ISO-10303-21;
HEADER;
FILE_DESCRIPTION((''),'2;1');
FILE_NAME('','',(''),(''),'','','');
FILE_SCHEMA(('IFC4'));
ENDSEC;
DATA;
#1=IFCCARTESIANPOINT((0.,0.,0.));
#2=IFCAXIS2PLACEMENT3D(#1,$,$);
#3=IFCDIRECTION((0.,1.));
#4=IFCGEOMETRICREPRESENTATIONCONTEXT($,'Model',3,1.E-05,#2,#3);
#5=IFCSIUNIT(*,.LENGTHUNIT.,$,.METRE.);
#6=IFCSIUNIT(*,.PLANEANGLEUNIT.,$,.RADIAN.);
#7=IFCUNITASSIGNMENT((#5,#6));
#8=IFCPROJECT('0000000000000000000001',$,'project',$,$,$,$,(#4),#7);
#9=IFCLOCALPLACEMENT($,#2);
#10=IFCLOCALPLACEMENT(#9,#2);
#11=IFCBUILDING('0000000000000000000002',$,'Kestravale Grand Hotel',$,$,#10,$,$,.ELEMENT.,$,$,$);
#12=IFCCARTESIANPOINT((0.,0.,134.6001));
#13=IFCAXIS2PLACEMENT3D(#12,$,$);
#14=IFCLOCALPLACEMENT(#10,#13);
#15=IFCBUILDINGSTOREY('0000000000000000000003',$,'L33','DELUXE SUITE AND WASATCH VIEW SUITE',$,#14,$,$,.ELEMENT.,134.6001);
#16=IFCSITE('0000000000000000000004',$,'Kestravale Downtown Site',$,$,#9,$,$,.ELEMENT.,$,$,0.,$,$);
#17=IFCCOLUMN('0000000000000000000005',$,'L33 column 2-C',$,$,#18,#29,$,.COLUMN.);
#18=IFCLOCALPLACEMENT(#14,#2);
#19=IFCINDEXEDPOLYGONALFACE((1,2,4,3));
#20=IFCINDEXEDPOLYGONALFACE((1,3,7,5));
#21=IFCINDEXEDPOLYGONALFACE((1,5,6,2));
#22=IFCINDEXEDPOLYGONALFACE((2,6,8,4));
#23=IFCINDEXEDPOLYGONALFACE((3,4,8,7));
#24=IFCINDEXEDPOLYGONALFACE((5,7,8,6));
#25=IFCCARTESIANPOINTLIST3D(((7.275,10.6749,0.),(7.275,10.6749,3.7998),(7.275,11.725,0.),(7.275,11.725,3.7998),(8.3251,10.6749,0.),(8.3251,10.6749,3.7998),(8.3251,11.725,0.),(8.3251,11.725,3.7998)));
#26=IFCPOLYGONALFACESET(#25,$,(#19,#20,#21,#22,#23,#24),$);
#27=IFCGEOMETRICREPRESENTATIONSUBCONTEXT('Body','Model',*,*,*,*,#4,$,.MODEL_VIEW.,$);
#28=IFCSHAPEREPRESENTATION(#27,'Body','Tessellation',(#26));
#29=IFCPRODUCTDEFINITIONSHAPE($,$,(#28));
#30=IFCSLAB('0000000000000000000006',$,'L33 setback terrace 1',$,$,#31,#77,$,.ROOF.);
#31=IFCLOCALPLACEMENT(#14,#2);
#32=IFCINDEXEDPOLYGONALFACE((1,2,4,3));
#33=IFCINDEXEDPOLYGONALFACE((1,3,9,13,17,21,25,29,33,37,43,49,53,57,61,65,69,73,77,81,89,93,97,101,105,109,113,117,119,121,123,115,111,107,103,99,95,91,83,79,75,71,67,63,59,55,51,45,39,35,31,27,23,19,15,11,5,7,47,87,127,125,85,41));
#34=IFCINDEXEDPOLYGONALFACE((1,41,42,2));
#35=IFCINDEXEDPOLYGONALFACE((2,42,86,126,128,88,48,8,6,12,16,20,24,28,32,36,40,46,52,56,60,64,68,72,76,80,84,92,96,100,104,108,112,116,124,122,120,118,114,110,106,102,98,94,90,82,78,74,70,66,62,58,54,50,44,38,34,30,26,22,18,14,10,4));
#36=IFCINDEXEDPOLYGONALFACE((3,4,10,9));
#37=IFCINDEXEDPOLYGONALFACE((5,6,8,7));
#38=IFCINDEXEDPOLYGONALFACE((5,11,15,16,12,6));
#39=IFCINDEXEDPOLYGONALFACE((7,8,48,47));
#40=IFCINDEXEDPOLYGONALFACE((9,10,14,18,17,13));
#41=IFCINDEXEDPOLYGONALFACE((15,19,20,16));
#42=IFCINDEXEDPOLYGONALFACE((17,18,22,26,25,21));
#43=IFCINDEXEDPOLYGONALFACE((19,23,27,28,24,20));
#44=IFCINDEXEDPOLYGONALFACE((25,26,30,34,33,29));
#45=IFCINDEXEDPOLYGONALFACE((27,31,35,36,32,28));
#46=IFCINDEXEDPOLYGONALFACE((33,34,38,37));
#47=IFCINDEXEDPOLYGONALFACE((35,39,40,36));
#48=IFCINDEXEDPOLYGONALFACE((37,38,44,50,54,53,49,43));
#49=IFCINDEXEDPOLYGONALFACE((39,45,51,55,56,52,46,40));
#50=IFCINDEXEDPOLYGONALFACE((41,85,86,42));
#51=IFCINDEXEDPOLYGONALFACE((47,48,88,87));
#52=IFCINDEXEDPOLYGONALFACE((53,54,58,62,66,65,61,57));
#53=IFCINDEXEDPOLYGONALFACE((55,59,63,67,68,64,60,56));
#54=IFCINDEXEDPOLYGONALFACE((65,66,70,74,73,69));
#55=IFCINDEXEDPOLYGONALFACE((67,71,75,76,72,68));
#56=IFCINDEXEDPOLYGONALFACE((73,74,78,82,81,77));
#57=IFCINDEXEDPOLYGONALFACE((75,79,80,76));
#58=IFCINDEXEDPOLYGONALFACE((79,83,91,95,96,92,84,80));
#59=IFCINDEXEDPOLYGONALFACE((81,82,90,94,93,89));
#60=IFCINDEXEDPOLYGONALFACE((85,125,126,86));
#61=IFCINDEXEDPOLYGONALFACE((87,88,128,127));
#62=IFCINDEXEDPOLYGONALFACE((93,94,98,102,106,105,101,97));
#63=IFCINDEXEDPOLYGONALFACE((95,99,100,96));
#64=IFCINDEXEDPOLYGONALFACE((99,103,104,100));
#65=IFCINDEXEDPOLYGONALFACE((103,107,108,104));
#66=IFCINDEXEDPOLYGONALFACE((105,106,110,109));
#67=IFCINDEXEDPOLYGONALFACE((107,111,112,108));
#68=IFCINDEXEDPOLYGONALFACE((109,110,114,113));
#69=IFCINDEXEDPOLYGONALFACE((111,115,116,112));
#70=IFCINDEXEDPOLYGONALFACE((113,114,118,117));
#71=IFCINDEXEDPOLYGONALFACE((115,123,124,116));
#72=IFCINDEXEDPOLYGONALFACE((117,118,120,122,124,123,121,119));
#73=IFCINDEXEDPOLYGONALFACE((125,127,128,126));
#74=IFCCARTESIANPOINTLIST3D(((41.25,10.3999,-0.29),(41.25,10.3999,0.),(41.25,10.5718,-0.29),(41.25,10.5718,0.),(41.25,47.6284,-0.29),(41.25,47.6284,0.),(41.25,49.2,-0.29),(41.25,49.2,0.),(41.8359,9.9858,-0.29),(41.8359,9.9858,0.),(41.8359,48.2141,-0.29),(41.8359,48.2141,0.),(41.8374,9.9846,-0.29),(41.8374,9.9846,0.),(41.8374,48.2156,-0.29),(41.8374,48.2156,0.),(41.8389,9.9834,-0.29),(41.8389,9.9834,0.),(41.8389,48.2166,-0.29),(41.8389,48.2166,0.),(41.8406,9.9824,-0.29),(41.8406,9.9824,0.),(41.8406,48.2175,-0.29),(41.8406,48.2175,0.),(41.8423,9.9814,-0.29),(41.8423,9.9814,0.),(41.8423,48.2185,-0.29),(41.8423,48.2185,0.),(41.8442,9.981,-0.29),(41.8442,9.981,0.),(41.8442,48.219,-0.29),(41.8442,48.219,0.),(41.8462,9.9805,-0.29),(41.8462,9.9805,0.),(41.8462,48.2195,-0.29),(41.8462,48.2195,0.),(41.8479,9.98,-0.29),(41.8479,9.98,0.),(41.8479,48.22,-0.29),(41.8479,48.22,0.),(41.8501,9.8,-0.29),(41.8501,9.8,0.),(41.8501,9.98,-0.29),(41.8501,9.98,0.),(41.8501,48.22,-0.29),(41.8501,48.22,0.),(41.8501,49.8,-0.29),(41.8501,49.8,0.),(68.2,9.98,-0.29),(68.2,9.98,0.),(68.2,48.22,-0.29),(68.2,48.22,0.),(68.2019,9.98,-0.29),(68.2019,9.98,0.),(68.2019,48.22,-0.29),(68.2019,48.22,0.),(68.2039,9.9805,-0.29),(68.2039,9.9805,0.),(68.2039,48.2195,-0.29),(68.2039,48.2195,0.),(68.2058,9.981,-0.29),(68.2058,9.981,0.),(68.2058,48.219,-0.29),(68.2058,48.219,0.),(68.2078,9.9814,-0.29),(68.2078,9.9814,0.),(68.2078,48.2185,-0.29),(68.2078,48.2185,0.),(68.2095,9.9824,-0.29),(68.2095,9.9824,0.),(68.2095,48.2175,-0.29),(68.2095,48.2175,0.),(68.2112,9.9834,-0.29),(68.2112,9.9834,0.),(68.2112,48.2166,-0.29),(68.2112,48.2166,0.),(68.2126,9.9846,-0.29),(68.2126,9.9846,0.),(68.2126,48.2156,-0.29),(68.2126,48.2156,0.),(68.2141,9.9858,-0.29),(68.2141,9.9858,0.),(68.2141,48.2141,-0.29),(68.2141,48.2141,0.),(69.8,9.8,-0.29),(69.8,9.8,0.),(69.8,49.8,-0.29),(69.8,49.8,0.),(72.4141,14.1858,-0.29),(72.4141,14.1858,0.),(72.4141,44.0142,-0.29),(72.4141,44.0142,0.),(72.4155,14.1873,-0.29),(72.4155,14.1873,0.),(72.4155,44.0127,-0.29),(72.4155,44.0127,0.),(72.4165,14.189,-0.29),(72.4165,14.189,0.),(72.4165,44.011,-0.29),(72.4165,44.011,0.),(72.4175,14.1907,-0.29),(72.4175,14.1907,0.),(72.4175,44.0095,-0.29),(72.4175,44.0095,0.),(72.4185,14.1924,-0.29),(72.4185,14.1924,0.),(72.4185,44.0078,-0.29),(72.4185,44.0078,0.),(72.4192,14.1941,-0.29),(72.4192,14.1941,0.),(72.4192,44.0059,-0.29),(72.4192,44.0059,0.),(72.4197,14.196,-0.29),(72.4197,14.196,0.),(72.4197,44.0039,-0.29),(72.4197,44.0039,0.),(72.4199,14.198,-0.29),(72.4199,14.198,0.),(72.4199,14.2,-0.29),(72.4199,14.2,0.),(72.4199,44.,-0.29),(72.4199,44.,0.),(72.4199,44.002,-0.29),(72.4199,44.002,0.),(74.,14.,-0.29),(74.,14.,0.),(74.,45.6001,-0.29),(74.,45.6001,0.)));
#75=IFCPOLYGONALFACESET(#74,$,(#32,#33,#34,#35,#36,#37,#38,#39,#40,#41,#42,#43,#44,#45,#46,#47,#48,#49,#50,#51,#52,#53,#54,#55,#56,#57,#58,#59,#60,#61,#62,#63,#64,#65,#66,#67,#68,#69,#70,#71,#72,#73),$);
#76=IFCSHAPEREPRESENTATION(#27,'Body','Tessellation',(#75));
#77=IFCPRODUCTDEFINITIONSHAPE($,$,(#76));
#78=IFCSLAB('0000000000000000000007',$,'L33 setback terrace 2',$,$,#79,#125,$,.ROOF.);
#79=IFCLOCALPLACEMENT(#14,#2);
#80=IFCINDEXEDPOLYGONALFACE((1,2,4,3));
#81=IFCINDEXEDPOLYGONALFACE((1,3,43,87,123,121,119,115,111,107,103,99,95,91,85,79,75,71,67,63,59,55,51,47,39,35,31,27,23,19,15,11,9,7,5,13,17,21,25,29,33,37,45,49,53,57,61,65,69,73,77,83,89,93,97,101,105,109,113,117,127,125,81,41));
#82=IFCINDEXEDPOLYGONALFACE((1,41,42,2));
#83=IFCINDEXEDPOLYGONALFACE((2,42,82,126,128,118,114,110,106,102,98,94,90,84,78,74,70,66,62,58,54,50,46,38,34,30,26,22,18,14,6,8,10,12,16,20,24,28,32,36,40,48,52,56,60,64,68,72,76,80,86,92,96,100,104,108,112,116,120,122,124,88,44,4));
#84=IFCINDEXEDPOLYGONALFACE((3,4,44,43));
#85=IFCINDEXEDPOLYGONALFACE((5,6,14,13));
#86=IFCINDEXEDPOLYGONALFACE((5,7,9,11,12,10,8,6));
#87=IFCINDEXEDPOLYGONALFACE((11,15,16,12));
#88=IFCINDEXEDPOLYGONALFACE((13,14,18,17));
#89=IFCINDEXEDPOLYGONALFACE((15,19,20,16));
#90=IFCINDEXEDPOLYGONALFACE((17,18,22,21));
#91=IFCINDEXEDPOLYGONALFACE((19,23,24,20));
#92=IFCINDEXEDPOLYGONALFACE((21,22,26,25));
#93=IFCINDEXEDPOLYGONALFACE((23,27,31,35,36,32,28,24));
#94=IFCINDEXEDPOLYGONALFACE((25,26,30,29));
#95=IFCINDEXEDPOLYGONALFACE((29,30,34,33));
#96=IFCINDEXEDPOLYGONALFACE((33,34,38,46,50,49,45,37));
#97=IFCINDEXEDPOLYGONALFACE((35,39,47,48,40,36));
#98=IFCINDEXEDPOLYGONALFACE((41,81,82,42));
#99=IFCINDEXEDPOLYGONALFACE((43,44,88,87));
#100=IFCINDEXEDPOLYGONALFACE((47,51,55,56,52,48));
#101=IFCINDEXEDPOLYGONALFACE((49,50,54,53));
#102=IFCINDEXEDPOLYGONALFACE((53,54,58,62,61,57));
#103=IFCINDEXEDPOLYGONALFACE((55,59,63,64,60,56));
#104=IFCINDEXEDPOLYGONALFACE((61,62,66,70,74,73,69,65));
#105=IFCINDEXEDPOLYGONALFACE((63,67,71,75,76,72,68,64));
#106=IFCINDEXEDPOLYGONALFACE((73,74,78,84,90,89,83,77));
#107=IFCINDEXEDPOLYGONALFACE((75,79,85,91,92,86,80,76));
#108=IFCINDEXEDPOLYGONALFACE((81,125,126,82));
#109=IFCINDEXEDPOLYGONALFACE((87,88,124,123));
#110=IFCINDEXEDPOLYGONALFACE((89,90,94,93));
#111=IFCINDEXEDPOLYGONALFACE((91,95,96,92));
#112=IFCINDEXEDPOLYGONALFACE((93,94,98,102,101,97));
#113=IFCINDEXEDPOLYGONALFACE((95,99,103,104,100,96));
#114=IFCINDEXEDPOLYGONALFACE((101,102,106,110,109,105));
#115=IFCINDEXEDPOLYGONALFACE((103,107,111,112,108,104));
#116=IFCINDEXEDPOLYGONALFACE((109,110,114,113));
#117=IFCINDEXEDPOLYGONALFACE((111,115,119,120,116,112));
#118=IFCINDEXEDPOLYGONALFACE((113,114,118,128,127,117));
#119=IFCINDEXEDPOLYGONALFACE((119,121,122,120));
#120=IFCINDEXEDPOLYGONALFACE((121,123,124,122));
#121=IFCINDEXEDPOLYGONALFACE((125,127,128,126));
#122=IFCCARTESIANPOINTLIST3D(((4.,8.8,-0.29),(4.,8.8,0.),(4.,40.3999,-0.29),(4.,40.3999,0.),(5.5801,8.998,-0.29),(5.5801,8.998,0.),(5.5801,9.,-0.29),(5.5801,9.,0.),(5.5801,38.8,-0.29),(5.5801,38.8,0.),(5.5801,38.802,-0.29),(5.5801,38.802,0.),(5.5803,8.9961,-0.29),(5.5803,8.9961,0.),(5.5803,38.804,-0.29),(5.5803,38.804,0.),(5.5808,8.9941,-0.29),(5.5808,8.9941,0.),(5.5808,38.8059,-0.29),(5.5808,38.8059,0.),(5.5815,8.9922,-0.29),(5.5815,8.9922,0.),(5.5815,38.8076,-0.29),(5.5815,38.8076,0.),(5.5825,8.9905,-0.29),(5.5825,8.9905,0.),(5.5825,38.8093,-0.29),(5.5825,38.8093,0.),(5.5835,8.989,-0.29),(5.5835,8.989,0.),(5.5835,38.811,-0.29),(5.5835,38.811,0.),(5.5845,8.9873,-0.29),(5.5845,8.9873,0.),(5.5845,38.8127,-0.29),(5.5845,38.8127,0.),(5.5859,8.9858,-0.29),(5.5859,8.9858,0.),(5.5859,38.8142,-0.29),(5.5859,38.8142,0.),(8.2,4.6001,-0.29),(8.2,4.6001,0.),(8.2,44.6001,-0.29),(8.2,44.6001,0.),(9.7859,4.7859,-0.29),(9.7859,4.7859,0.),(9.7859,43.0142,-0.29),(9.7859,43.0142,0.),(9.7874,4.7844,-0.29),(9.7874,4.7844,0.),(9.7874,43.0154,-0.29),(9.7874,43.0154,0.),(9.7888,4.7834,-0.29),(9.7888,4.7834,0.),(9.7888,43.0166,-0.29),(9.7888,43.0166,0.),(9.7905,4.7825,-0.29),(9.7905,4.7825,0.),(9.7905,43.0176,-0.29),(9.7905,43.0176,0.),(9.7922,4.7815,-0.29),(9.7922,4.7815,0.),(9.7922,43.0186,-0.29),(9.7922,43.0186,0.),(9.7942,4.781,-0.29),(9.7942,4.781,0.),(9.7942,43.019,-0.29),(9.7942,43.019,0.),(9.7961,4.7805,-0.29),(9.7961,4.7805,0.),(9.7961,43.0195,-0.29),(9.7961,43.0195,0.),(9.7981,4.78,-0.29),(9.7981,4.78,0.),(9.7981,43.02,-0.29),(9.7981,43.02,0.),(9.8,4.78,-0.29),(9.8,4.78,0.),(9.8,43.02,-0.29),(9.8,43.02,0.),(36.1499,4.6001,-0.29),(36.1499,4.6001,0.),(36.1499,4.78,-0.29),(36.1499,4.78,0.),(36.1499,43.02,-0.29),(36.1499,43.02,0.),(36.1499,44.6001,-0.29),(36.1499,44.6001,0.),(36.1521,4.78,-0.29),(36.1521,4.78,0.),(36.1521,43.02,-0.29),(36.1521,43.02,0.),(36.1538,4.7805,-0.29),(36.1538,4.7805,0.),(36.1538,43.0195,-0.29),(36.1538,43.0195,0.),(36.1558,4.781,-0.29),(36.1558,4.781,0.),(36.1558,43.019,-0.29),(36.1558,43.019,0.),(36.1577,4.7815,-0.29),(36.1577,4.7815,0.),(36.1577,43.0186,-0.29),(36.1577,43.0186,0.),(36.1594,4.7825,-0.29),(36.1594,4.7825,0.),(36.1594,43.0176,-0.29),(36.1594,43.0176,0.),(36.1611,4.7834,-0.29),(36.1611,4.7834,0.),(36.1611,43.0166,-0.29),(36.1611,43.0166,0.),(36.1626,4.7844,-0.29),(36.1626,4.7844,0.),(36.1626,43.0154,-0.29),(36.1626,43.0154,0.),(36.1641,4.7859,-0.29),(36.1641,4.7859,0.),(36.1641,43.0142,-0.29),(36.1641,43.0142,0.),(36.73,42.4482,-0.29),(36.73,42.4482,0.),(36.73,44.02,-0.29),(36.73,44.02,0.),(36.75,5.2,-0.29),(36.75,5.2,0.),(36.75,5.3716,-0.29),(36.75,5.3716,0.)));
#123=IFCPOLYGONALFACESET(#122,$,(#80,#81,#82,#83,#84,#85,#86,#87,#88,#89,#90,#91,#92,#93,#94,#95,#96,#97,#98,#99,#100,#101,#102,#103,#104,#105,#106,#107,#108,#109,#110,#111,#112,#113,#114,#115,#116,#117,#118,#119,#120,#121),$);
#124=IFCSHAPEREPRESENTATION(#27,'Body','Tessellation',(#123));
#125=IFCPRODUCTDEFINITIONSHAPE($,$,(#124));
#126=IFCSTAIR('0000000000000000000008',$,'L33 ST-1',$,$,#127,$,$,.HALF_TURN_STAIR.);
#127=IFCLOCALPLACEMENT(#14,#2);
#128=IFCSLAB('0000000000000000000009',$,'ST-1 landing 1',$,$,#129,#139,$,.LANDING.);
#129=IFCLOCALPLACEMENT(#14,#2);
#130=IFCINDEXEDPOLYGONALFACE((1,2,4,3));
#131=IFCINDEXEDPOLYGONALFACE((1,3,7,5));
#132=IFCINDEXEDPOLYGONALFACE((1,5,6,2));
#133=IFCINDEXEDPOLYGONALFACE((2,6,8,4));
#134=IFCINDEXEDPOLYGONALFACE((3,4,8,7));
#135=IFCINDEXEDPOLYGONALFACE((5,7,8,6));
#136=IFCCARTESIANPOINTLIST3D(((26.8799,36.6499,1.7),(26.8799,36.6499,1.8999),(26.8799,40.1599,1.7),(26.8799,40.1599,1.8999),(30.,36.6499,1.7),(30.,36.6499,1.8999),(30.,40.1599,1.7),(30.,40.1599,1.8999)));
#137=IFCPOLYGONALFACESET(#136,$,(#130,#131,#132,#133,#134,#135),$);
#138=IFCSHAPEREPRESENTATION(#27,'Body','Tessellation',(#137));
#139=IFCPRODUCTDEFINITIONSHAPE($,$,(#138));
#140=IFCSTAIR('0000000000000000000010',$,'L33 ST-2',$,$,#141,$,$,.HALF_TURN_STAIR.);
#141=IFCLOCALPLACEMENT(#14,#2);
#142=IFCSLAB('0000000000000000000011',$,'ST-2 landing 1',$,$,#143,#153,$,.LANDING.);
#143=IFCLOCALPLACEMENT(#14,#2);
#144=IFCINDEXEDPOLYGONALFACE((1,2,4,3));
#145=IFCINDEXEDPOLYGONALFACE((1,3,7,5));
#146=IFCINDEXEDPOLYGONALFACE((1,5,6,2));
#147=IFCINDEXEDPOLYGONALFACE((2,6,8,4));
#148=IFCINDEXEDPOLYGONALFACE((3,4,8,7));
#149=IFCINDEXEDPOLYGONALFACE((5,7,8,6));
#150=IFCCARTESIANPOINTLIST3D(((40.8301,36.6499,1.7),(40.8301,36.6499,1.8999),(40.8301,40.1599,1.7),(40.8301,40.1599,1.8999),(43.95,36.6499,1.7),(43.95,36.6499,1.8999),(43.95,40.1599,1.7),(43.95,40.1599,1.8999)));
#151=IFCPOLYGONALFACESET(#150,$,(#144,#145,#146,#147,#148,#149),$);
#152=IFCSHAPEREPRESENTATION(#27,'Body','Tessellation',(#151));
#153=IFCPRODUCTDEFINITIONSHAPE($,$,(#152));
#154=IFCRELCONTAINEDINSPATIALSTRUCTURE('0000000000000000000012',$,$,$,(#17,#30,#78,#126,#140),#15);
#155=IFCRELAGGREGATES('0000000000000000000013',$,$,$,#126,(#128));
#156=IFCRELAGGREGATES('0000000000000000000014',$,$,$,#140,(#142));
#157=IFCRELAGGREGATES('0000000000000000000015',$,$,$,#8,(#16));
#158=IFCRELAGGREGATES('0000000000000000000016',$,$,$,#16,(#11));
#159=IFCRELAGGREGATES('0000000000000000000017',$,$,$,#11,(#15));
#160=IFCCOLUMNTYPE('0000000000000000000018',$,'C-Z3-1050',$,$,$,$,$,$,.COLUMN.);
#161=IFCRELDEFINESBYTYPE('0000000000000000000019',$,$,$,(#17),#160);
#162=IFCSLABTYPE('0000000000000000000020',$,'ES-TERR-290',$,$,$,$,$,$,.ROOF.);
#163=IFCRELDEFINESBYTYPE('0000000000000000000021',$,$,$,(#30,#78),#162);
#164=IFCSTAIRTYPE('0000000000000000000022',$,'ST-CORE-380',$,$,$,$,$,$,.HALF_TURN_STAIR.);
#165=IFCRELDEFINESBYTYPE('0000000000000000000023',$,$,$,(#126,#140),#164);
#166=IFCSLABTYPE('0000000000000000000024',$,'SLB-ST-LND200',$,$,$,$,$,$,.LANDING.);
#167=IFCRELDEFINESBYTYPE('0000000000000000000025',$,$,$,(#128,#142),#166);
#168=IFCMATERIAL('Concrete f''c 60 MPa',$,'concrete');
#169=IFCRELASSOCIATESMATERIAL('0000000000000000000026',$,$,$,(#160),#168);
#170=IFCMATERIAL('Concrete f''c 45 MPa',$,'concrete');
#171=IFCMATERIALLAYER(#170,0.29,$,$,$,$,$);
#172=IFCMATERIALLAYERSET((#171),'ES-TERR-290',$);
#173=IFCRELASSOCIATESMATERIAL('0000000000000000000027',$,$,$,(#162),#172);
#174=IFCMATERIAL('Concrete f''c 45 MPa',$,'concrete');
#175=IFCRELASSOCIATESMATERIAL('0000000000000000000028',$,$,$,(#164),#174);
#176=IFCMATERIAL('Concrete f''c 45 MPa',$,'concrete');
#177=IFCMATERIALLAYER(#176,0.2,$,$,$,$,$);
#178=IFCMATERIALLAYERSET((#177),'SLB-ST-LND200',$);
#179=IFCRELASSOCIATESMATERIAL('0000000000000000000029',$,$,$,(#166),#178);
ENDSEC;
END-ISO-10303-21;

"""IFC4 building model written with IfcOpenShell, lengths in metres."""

from ifc_helpers import new_model, si_unit, direction, frame, origin, origin_2d, place, context, subcontext, project, spatial, polyline, rectangle, outline, extrude, material, layer, layer_set, material_profile, profile_set, type_object, element, aggregate, save


model = new_model("IFC4")

# Units and contexts
model_context = context("Model", 3, precision=1e-05, world=origin(), true_north=direction((0.0, 1.0)))
body_context = subcontext(model_context, "Body", "Model", "MODEL_VIEW")
ifc_project = project(units=[si_unit("LENGTHUNIT", "METRE"), si_unit("PLANEANGLEUNIT", "RADIAN")], contexts=[model_context])

# Site, building, storey
site_placement = place(None, origin())
site = spatial("IfcSite", under=ifc_project, at=site_placement, Name="Kestravale Downtown Site", CompositionType="ELEMENT", RefElevation=0.0)
building_placement = place(site_placement, origin())
building = spatial("IfcBuilding", under=site, at=building_placement, Name="Kestravale Grand Hotel", CompositionType="ELEMENT")
storey_placement = place(building_placement, frame((0.0, 0.0, 134.6001)))
storey = spatial("IfcBuildingStorey", under=building, at=storey_placement, Name="L33", Description="DELUXE SUITE AND WASATCH VIEW SUITE", CompositionType="ELEMENT", Elevation=134.6001)

# Column
ifc_material_1 = material(Name="Concrete f'c 60 MPa", Category="concrete")
ifc_material_profile = material_profile(ifc_material_1, rectangle(XDim=1.05, YDim=1.05, at=origin_2d()))
ifc_profile_set = profile_set([ifc_material_profile], Name="Concrete f'c 60 MPa")
column_type = type_object("IfcColumnType", Name="C-Z3-1050", PredefinedType="COLUMN", material=ifc_profile_set)
column_placement = place(storey_placement, frame((7.8, 11.2, 0.0), z_axis=(0.0, 0.0, 1.0), x_axis=(1.0, 0.0, 0.0)))
element("IfcColumn", 1, at=column_placement, inside=storey, type_object=column_type, Name="L33 column 2-C", PredefinedType="COLUMN", context=body_context, shape_type="SweptSolid", body=[
    extrude(rectangle(XDim=1.05, YDim=1.05, at=origin_2d()), origin(), (0.0, 0.0, 1.0), 3.7998),
])

# Slabs
ifc_material_2 = material(Name="Concrete f'c 45 MPa", Category="concrete")
ifc_layer_1 = layer(ifc_material_2, 0.29)
ifc_layer_set_1 = layer_set([ifc_layer_1], Name="ES-TERR-290")
slab_type_1 = type_object("IfcSlabType", Name="ES-TERR-290", PredefinedType="ROOF", material=ifc_layer_set_1)
slab_1_placement = place(storey_placement, frame((0.0, 0.0, -0.29)))
element("IfcSlab", 2, at=slab_1_placement, inside=storey, type_object=slab_type_1, Name="L33 setback terrace 1", PredefinedType="ROOF", context=body_context, shape_type="SweptSolid", body=[
    extrude(outline(polyline([(41.25, 49.2), (41.8501, 49.8), (69.8, 49.8), (74.0, 45.6001), (74.0, 14.0), (69.8, 9.8), (41.8501, 9.8), (41.25, 10.3999), (41.25, 10.5718), (41.8359, 9.9858), (41.8374, 9.9846), (41.8389, 9.9834), (41.8406, 9.9824), (41.8423, 9.9814), (41.8442, 9.981), (41.8462, 9.9805), (41.8479, 9.98), (41.8501, 9.98), (68.2, 9.98), (68.2019, 9.98), (68.2039, 9.9805), (68.2058, 9.981), (68.2078, 9.9814), (68.2095, 9.9824), (68.2112, 9.9834), (68.2126, 9.9846), (68.2141, 9.9858), (72.4141, 14.1858), (72.4155, 14.1873), (72.4165, 14.189), (72.4175, 14.1907), (72.4185, 14.1924), (72.4192, 14.1941), (72.4197, 14.196), (72.4199, 14.198), (72.4199, 14.2), (72.4199, 44.0), (72.4199, 44.002), (72.4197, 44.0039), (72.4192, 44.0059), (72.4185, 44.0078), (72.4175, 44.0095), (72.4165, 44.011), (72.4155, 44.0127), (72.4141, 44.0142), (68.2141, 48.2141), (68.2126, 48.2156), (68.2112, 48.2166), (68.2095, 48.2175), (68.2078, 48.2185), (68.2058, 48.219), (68.2039, 48.2195), (68.2019, 48.22), (68.2, 48.22), (41.8501, 48.22), (41.8479, 48.22), (41.8462, 48.2195), (41.8442, 48.219), (41.8423, 48.2185), (41.8406, 48.2175), (41.8389, 48.2166), (41.8374, 48.2156), (41.8359, 48.2141), (41.25, 47.6284), (41.25, 49.2)])), origin(), (0.0, 0.0, 1.0), 0.29),
])
slab_2_placement = place(storey_placement, frame((0.0, 0.0, -0.29)))
element("IfcSlab", 3, at=slab_2_placement, inside=storey, type_object=slab_type_1, Name="L33 setback terrace 2", PredefinedType="ROOF", context=body_context, shape_type="SweptSolid", body=[
    extrude(outline(polyline([(36.75, 5.2), (36.1499, 4.6001), (8.2, 4.6001), (4.0, 8.8), (4.0, 40.3999), (8.2, 44.6001), (36.1499, 44.6001), (36.73, 44.02), (36.73, 42.4482), (36.1641, 43.0142), (36.1626, 43.0154), (36.1611, 43.0166), (36.1594, 43.0176), (36.1577, 43.0186), (36.1558, 43.019), (36.1538, 43.0195), (36.1521, 43.02), (36.1499, 43.02), (9.8, 43.02), (9.7981, 43.02), (9.7961, 43.0195), (9.7942, 43.019), (9.7922, 43.0186), (9.7905, 43.0176), (9.7888, 43.0166), (9.7874, 43.0154), (9.7859, 43.0142), (5.5859, 38.8142), (5.5845, 38.8127), (5.5835, 38.811), (5.5825, 38.8093), (5.5815, 38.8076), (5.5808, 38.8059), (5.5803, 38.804), (5.5801, 38.802), (5.5801, 38.8), (5.5801, 9.0), (5.5801, 8.998), (5.5803, 8.9961), (5.5808, 8.9941), (5.5815, 8.9922), (5.5825, 8.9905), (5.5835, 8.989), (5.5845, 8.9873), (5.5859, 8.9858), (9.7859, 4.7859), (9.7874, 4.7844), (9.7888, 4.7834), (9.7905, 4.7825), (9.7922, 4.7815), (9.7942, 4.781), (9.7961, 4.7805), (9.7981, 4.78), (9.8, 4.78), (36.1499, 4.78), (36.1521, 4.78), (36.1538, 4.7805), (36.1558, 4.781), (36.1577, 4.7815), (36.1594, 4.7825), (36.1611, 4.7834), (36.1626, 4.7844), (36.1641, 4.7859), (36.75, 5.3716), (36.75, 5.2)])), origin(), (0.0, 0.0, 1.0), 0.29),
])

# Stairs, slabs
ifc_material_3 = material(Name="Concrete f'c 45 MPa", Category="concrete")
stair_type = type_object("IfcStairType", Name="ST-CORE-380", PredefinedType="HALF_TURN_STAIR", material=ifc_material_3)
stair_1_placement = place(storey_placement, origin())
stair_1 = element("IfcStair", 4, at=stair_1_placement, inside=storey, type_object=stair_type, Name="L33 ST-1", PredefinedType="HALF_TURN_STAIR")
ifc_material_4 = material(Name="Concrete f'c 45 MPa", Category="concrete")
ifc_layer_2 = layer(ifc_material_4, 0.2)
ifc_layer_set_2 = layer_set([ifc_layer_2], Name="SLB-ST-LND200")
slab_type_2 = type_object("IfcSlabType", Name="SLB-ST-LND200", PredefinedType="LANDING", material=ifc_layer_set_2)
slab_3_placement = place(storey_placement, frame((0.0, 0.0, 1.7)))
slab_3 = element("IfcSlab", 5, at=slab_3_placement, type_object=slab_type_2, Name="ST-1 landing 1", PredefinedType="LANDING", context=body_context, shape_type="SweptSolid", body=[
    extrude(outline(polyline([(26.8799, 36.6499), (30.0, 36.6499), (30.0, 40.1599), (26.8799, 40.1599), (26.8799, 36.6499)])), origin(), (0.0, 0.0, 1.0), 0.2),
])
aggregate(stair_1, [slab_3])
stair_2_placement = place(storey_placement, origin())
stair_2 = element("IfcStair", 6, at=stair_2_placement, inside=storey, type_object=stair_type, Name="L33 ST-2", PredefinedType="HALF_TURN_STAIR")
slab_4_placement = place(storey_placement, frame((0.0, 0.0, 1.7)))
slab_4 = element("IfcSlab", 7, at=slab_4_placement, type_object=slab_type_2, Name="ST-2 landing 1", PredefinedType="LANDING", context=body_context, shape_type="SweptSolid", body=[
    extrude(outline(polyline([(40.8301, 36.6499), (43.95, 36.6499), (43.95, 40.1599), (40.8301, 40.1599), (40.8301, 36.6499)])), origin(), (0.0, 0.0, 1.0), 0.2),
])
aggregate(stair_2, [slab_4])

save(model, "model.ifc")
